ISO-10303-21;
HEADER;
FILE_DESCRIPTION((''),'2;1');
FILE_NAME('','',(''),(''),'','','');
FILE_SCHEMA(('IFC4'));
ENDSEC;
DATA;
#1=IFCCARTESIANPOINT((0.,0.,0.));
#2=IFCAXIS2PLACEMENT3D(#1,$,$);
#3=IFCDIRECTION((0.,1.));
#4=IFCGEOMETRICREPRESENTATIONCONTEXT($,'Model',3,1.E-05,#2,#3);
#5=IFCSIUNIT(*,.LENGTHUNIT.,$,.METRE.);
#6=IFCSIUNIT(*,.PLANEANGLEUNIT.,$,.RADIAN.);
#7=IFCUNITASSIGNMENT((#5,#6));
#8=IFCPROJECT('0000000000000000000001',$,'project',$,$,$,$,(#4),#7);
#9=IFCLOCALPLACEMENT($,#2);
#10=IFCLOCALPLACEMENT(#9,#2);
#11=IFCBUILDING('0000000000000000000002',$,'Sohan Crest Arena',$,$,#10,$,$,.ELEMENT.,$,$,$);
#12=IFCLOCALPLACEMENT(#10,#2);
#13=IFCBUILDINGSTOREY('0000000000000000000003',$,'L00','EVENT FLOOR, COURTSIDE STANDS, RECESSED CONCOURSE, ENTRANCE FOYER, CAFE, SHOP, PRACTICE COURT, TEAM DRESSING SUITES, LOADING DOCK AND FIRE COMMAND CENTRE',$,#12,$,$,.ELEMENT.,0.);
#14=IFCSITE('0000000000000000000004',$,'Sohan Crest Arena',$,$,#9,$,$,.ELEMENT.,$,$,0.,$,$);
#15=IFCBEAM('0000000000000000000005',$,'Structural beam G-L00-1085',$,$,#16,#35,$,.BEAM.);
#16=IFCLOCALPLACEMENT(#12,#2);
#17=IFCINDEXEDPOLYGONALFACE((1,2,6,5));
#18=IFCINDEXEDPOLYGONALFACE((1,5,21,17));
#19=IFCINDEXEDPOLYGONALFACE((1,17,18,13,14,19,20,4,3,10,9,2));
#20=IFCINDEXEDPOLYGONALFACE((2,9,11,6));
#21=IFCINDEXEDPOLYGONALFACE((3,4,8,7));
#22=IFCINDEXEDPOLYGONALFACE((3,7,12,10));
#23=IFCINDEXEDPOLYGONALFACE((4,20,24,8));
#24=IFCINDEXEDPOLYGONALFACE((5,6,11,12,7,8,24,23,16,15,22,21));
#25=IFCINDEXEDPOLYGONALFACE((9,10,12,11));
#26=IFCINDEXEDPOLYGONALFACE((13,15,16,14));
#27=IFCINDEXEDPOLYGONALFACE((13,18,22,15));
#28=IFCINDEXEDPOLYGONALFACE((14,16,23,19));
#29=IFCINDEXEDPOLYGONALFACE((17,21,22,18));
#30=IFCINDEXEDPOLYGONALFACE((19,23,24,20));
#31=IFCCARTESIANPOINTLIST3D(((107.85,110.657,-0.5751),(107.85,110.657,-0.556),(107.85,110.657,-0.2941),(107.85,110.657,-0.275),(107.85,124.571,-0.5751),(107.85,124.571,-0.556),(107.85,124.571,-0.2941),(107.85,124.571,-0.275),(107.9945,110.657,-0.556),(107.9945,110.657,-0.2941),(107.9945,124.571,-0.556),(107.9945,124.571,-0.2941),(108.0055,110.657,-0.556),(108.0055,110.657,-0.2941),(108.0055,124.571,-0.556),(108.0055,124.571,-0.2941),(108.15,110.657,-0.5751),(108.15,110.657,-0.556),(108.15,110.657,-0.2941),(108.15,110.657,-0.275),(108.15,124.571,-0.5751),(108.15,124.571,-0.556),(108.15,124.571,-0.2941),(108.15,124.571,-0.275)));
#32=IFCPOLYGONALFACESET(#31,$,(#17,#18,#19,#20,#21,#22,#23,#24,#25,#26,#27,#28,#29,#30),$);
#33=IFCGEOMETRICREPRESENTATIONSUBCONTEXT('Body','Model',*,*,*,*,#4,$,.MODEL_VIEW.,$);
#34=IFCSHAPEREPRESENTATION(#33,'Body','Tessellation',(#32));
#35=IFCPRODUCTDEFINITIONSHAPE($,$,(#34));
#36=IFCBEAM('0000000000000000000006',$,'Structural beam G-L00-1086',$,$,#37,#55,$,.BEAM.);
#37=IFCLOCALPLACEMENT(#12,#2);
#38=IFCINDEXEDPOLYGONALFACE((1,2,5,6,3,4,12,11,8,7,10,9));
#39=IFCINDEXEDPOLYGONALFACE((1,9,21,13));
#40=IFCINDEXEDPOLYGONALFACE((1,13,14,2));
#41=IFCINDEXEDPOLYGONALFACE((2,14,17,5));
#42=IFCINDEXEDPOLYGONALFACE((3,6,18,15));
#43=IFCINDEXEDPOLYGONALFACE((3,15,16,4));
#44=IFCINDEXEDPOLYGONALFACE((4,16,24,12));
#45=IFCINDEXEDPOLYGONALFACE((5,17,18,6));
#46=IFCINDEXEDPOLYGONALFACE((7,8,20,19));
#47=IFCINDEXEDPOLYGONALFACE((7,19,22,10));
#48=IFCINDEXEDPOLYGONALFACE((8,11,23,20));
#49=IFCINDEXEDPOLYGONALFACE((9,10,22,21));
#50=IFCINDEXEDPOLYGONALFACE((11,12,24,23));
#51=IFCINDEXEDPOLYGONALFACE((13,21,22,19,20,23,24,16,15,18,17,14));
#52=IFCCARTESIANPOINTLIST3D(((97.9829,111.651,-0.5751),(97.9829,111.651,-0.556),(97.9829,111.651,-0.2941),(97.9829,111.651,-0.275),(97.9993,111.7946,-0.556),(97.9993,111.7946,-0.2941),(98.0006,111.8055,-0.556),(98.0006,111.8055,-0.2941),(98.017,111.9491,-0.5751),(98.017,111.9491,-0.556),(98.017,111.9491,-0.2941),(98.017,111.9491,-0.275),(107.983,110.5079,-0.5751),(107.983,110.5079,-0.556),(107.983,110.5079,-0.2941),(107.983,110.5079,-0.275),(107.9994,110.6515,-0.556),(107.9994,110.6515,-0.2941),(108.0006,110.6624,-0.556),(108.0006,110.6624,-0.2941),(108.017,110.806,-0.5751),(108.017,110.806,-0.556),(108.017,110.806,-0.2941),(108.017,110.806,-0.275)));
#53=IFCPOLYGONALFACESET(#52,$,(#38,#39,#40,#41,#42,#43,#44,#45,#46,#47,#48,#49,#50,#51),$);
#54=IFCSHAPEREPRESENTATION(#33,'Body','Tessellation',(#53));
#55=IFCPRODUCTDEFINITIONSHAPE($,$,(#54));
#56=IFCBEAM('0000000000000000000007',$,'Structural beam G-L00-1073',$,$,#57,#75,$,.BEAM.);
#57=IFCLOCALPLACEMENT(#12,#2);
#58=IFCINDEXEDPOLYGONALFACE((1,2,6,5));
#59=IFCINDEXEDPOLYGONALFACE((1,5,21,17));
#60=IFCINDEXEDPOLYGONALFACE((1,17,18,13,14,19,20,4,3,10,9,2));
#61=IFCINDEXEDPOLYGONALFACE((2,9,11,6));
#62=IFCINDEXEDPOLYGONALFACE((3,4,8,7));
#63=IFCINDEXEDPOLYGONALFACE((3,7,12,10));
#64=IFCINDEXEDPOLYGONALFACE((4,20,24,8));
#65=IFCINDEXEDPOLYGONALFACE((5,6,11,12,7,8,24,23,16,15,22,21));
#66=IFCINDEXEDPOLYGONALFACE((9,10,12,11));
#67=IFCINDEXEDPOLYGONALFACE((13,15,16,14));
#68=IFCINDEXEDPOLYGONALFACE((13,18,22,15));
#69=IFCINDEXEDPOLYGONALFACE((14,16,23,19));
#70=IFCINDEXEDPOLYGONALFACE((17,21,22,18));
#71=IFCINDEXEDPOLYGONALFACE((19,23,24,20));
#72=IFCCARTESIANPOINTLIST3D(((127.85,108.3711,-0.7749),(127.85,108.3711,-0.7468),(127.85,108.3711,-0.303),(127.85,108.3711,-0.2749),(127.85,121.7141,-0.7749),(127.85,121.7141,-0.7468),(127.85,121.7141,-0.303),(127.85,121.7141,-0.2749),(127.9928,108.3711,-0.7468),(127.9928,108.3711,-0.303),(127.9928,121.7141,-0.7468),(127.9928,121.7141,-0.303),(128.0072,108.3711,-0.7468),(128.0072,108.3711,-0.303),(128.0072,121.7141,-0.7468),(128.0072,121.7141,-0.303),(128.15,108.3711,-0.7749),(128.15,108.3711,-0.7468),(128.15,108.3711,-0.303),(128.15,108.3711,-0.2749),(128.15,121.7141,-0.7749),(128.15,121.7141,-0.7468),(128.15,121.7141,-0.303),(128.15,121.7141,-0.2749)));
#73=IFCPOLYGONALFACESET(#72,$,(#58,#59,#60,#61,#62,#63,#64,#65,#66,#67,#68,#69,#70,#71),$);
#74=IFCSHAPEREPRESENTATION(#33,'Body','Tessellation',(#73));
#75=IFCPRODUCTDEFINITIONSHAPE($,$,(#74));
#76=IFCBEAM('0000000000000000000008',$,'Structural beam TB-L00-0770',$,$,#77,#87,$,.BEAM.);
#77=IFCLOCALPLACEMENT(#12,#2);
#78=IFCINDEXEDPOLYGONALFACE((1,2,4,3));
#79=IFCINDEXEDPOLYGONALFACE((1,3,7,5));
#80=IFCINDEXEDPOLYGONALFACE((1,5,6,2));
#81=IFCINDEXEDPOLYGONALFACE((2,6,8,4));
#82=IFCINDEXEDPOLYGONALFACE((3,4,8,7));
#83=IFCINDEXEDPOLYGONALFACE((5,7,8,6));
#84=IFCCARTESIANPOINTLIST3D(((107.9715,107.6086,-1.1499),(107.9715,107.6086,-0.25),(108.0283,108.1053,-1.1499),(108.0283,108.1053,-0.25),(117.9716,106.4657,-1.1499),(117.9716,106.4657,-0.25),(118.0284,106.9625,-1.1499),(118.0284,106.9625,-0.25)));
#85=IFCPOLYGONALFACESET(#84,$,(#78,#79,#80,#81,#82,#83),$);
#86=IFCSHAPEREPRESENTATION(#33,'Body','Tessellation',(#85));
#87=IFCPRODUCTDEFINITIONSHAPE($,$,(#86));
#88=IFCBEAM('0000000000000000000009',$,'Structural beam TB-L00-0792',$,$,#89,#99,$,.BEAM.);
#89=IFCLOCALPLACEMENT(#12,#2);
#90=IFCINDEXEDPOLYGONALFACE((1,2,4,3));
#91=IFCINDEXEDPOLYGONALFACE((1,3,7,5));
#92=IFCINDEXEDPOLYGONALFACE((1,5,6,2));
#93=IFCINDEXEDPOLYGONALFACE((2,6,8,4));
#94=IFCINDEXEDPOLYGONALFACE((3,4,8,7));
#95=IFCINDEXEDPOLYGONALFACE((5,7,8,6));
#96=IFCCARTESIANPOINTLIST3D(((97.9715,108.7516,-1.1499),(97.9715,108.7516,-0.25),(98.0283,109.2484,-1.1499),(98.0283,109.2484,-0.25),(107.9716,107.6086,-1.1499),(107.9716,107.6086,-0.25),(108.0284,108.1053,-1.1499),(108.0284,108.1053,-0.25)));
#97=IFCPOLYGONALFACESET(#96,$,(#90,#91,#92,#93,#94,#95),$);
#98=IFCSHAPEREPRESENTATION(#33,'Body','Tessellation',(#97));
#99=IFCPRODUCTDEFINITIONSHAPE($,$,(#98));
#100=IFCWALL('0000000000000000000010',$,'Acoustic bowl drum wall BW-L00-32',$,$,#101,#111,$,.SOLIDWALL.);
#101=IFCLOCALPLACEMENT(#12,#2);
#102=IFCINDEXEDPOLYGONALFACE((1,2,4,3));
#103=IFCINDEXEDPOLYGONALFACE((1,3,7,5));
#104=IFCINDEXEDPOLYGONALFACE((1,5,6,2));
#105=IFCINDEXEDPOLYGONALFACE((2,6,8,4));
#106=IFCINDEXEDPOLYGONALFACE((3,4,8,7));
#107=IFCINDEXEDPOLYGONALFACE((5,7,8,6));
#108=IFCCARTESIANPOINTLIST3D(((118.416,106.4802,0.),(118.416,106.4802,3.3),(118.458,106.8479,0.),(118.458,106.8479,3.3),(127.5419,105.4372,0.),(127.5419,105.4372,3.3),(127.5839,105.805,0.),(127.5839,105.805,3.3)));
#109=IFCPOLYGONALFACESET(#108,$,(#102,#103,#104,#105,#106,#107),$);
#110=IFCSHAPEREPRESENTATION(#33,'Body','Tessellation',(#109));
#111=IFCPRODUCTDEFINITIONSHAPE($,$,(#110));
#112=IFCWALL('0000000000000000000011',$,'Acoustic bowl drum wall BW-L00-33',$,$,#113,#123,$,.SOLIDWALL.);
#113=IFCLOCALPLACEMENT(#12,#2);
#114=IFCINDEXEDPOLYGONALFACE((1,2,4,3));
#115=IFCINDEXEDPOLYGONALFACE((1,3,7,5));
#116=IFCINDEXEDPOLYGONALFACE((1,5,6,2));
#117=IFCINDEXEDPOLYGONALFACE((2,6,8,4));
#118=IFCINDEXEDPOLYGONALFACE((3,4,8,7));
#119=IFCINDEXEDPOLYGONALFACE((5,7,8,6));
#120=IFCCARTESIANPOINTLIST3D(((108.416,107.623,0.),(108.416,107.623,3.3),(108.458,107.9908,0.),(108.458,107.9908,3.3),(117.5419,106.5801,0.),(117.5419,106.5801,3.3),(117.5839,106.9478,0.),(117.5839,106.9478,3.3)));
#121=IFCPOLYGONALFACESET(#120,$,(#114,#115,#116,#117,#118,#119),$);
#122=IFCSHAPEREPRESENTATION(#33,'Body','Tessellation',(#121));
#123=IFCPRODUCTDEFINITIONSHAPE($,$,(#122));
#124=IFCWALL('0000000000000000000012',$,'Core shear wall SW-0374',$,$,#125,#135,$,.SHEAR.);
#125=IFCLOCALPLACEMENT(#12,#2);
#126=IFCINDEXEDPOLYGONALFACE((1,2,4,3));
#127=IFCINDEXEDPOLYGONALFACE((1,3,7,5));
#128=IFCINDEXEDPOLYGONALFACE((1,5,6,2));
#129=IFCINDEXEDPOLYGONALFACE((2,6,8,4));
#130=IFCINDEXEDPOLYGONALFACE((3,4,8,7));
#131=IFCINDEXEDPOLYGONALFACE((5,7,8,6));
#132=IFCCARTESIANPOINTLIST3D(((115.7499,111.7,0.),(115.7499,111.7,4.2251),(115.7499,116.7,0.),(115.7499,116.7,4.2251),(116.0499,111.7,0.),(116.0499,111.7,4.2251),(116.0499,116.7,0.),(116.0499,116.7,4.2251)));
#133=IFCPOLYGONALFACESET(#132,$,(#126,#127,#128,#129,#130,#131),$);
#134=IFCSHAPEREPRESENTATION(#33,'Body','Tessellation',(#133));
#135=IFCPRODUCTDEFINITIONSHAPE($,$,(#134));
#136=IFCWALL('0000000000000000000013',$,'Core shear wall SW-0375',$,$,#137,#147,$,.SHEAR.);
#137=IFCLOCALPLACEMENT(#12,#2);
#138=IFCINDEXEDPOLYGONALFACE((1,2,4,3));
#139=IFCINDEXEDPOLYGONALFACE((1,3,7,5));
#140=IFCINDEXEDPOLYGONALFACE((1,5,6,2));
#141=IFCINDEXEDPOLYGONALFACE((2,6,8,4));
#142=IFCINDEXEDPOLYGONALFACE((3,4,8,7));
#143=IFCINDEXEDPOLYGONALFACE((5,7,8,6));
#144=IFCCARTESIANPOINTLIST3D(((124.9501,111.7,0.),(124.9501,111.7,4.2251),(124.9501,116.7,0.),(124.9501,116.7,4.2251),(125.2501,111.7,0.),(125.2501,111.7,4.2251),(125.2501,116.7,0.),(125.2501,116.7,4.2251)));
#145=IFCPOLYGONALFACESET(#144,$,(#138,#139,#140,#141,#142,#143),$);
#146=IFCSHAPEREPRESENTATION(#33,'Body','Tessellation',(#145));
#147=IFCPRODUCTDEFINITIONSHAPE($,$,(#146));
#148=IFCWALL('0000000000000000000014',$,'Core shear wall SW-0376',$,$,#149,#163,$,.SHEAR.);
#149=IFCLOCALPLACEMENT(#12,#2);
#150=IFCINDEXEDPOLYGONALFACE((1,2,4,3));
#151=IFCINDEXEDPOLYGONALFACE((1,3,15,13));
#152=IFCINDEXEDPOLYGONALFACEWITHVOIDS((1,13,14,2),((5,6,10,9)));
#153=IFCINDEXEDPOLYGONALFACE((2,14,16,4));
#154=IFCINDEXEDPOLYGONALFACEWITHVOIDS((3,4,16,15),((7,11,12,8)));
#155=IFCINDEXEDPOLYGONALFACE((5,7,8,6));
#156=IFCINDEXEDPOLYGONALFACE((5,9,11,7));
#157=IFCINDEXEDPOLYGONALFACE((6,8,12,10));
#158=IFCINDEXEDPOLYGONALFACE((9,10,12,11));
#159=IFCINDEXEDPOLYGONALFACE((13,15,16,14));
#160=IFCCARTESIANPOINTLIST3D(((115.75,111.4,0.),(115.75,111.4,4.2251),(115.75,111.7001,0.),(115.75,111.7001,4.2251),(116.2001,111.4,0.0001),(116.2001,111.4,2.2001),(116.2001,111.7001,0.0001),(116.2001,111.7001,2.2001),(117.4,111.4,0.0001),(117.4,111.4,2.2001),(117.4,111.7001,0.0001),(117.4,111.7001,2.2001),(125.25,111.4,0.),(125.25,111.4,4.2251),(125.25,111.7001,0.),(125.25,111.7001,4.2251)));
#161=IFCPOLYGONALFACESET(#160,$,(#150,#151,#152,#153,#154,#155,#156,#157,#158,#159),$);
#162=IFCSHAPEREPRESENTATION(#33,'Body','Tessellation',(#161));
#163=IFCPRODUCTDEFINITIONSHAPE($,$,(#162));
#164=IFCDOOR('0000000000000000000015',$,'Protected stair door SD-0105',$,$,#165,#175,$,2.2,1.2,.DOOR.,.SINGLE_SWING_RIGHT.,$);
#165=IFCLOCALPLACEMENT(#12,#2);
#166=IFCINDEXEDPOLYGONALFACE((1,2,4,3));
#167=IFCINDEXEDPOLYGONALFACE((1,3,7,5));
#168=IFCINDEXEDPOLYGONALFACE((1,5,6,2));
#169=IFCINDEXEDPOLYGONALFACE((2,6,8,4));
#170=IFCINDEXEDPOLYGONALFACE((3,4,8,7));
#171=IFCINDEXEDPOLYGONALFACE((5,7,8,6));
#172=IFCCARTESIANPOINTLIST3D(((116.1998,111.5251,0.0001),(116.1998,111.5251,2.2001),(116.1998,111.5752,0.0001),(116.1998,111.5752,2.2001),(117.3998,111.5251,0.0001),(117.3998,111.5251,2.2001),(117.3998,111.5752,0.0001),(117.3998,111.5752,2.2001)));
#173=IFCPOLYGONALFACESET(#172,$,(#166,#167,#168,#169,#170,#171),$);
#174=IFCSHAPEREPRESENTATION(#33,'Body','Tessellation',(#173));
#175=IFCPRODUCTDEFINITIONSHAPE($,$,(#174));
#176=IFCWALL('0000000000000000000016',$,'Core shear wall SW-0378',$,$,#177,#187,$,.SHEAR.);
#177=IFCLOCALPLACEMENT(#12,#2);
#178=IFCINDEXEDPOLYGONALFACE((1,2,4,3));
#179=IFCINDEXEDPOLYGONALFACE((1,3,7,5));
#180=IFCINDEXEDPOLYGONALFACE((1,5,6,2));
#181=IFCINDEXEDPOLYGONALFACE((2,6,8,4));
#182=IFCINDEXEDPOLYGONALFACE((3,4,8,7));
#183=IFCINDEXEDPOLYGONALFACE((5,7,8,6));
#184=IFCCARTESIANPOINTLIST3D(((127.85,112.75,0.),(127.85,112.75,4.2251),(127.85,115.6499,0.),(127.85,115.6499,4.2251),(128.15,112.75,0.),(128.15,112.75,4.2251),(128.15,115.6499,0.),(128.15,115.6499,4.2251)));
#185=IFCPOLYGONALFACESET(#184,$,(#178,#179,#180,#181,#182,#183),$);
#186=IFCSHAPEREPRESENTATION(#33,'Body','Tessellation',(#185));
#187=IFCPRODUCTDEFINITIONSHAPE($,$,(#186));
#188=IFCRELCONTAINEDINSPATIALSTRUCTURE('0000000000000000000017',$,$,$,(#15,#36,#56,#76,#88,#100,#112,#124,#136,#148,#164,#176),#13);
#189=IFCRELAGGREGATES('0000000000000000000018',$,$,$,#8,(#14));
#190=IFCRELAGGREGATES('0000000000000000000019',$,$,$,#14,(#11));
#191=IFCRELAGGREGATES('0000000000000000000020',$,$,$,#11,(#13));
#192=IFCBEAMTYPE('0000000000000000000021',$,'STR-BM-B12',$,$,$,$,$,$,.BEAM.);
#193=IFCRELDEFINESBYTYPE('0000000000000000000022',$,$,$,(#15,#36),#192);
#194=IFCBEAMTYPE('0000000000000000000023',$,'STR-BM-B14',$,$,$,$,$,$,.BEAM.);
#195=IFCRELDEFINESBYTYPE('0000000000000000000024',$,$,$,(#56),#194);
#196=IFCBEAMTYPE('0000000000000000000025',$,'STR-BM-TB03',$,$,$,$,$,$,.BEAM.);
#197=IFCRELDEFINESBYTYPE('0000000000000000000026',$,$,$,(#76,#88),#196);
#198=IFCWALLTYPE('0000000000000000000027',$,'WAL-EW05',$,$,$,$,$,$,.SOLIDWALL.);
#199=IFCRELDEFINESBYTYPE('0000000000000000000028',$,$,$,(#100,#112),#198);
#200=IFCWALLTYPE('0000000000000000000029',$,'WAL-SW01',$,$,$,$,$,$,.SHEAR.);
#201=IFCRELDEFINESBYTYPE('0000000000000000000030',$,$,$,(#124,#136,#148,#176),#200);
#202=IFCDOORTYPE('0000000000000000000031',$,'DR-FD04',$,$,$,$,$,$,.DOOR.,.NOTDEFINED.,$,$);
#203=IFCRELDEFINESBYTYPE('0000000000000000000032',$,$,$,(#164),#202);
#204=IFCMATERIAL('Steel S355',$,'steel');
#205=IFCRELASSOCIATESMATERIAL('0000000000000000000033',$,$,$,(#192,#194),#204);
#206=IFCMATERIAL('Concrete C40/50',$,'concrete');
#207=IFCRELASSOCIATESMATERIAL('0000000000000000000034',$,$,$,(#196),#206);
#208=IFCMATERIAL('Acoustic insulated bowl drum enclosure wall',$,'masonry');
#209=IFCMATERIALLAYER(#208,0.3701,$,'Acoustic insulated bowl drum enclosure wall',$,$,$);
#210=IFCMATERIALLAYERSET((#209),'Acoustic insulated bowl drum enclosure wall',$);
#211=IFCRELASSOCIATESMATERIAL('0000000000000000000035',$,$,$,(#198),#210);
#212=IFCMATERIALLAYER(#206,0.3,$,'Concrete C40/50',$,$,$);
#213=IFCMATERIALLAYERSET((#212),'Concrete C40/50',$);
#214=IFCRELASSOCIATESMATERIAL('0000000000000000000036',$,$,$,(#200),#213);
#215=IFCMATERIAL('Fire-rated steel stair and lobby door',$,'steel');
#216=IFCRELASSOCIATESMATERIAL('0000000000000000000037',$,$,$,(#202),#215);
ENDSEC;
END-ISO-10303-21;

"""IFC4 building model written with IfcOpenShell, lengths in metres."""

from ifc_helpers import new_model, si_unit, direction, frame, frame_2d, origin, origin_2d, place, context, subcontext, project, spatial, rectangle, i_section, extrude, material, layer, layer_set, material_profile, profile_set, type_object, element, fill, save


model = new_model("IFC4")

# Units and contexts
model_context = context("Model", 3, precision=1e-05, world=origin(), true_north=direction((0.0, 1.0)))
body_context = subcontext(model_context, "Body", "Model", "MODEL_VIEW")
ifc_project = project(units=[si_unit("LENGTHUNIT", "METRE"), si_unit("PLANEANGLEUNIT", "RADIAN")], contexts=[model_context])

# Site, building, storey
site_placement = place(None, origin())
site = spatial("IfcSite", under=ifc_project, at=site_placement, Name="Sohan Crest Arena", CompositionType="ELEMENT", RefElevation=0.0)
building_placement = place(site_placement, origin())
building = spatial("IfcBuilding", under=site, at=building_placement, Name="Sohan Crest Arena", CompositionType="ELEMENT")
storey_placement = place(building_placement, origin())
storey = spatial("IfcBuildingStorey", under=building, at=storey_placement, Name="L00", Description="EVENT FLOOR, COURTSIDE STANDS, RECESSED CONCOURSE, ENTRANCE FOYER, CAFE, SHOP, PRACTICE COURT, TEAM DRESSING SUITES, LOADING DOCK AND FIRE COMMAND CENTRE", CompositionType="ELEMENT", Elevation=0.0)

# Shared definitions
ifc_material_1 = material(Name="Concrete C40/50", Category="concrete")
ifc_material_2 = material(Name="Steel S355", Category="steel")

# Beams
ifc_material_profile_1 = material_profile(ifc_material_2, i_section(OverallWidth=0.3, OverallDepth=0.3, WebThickness=0.011, FlangeThickness=0.019, at=origin_2d()), Name="HEB 300")
ifc_profile_set_1 = profile_set([ifc_material_profile_1], Name="Steel S355")
beam_type_1 = type_object("IfcBeamType", Name="STR-BM-B12", PredefinedType="BEAM", material=ifc_profile_set_1)
beam_1_placement = place(storey_placement, frame((108.0, 110.657, -0.425), z_axis=(0.0, 1.0, 0.0), x_axis=(-1.0, 0.0, 0.0)))
element("IfcBeam", 1, at=beam_1_placement, inside=storey, type_object=beam_type_1, Name="Structural beam G-L00-1085", PredefinedType="BEAM", context=body_context, shape_type="SweptSolid", body=[
    extrude(i_section(OverallWidth=0.3, OverallDepth=0.3, WebThickness=0.011, FlangeThickness=0.019, at=origin_2d()), origin(), (0.0, 0.0, 1.0), 13.9141),
])
beam_2_placement = place(storey_placement, frame((108.0, 110.657, -0.425), z_axis=(-0.99353, 0.113567, 0.0), x_axis=(-0.113567, -0.99353, 0.0)))
element("IfcBeam", 2, at=beam_2_placement, inside=storey, type_object=beam_type_1, Name="Structural beam G-L00-1086", PredefinedType="BEAM", context=body_context, shape_type="SweptSolid", body=[
    extrude(i_section(OverallWidth=0.3, OverallDepth=0.3, WebThickness=0.011, FlangeThickness=0.019, at=origin_2d()), origin(), (0.0, 0.0, 1.0), 10.0652),
])
ifc_material_profile_2 = material_profile(ifc_material_2, i_section(OverallWidth=0.3, OverallDepth=0.5, WebThickness=0.0144, FlangeThickness=0.0281, at=origin_2d()), Name="HEB 500")
ifc_profile_set_2 = profile_set([ifc_material_profile_2], Name="Steel S355")
beam_type_2 = type_object("IfcBeamType", Name="STR-BM-B14", PredefinedType="BEAM", material=ifc_profile_set_2)
beam_3_placement = place(storey_placement, frame((128.0, 108.3711, -0.5249), z_axis=(0.0, 1.0, 0.0), x_axis=(-1.0, 0.0, 0.0)))
element("IfcBeam", 3, at=beam_3_placement, inside=storey, type_object=beam_type_2, Name="Structural beam G-L00-1073", PredefinedType="BEAM", context=body_context, shape_type="SweptSolid", body=[
    extrude(i_section(OverallWidth=0.3, OverallDepth=0.5, WebThickness=0.0144, FlangeThickness=0.0281, at=origin_2d()), origin(), (0.0, 0.0, 1.0), 13.343),
])
ifc_material_profile_3 = material_profile(ifc_material_1, rectangle(XDim=0.5, YDim=0.8999, at=origin_2d()), Name="RC-BM 500x900")
ifc_profile_set_3 = profile_set([ifc_material_profile_3], Name="Concrete C40/50")
beam_type_3 = type_object("IfcBeamType", Name="STR-BM-TB03", PredefinedType="BEAM", material=ifc_profile_set_3)
for number, where, z_axis, x_axis, name in (
    (4, (118.0, 106.7141, -0.7), (-0.993533, 0.113543, 0.0), (-0.113543, -0.993533, 0.0), "Structural beam TB-L00-0770"),
    (5, (108.0, 107.8569, -0.7), (-0.99353, 0.113567, 0.0), (-0.113567, -0.99353, 0.0), "Structural beam TB-L00-0792"),
):
    element("IfcBeam", number, at=place(storey_placement, frame(where, z_axis=z_axis, x_axis=x_axis)), inside=storey, type_object=beam_type_3, Name=name, PredefinedType="BEAM", context=body_context, shape_type="SweptSolid", body=[
        extrude(rectangle(XDim=0.5, YDim=0.8999, at=origin_2d()), origin(), (0.0, 0.0, 1.0), 10.0652),
    ])

# Walls
ifc_material_3 = material(Name="Acoustic insulated bowl drum enclosure wall", Category="masonry")
ifc_layer_1 = layer(ifc_material_3, 0.3701, Name="Acoustic insulated bowl drum enclosure wall")
ifc_layer_set_1 = layer_set([ifc_layer_1], Name="Acoustic insulated bowl drum enclosure wall")
wall_type_1 = type_object("IfcWallType", Name="WAL-EW05", PredefinedType="SOLIDWALL", material=ifc_layer_set_1)
for number, where, z_axis, x_axis, name in (
    (6, (127.563, 105.6211, 0.0), (0.0, 0.0, 1.0), (-0.993533, 0.113547, 0.0), "Acoustic bowl drum wall BW-L00-32"),
    (7, (117.563, 106.7639, 0.0), (0.0, 0.0, 1.0), (-0.993533, 0.113547, 0.0), "Acoustic bowl drum wall BW-L00-33"),
):
    element("IfcWall", number, at=place(storey_placement, frame(where, z_axis=z_axis, x_axis=x_axis)), inside=storey, type_object=wall_type_1, Name=name, PredefinedType="SOLIDWALL", context=body_context, shape_type="SweptSolid", body=[
        extrude(rectangle(XDim=9.1853, YDim=0.3701, at=frame_2d((4.5928, 0.0))), origin(), (0.0, 0.0, 1.0), 3.3),
    ])
ifc_layer_2 = layer(ifc_material_1, 0.3, Name="Concrete C40/50")
ifc_layer_set_2 = layer_set([ifc_layer_2], Name="Concrete C40/50")
wall_type_2 = type_object("IfcWallType", Name="WAL-SW01", PredefinedType="SHEAR", material=ifc_layer_set_2)
for number, where, z_axis, x_axis, name in (
    (8, (115.8999, 111.7, 0.0), (0.0, 0.0, 1.0), (0.0, 1.0, 0.0), "Core shear wall SW-0374"),
    (9, (125.1001, 111.7, 0.0), (0.0, 0.0, 1.0), (0.0, 1.0, 0.0), "Core shear wall SW-0375"),
):
    element("IfcWall", number, at=place(storey_placement, frame(where, z_axis=z_axis, x_axis=x_axis)), inside=storey, type_object=wall_type_2, Name=name, PredefinedType="SHEAR", context=body_context, shape_type="SweptSolid", body=[
        extrude(rectangle(XDim=5.0, YDim=0.3, at=frame_2d((2.5, 0.0))), origin(), (0.0, 0.0, 1.0), 4.2251),
    ])

# Wall, opening, door
wall_1_placement = place(storey_placement, frame((115.75, 111.55, 0.0), z_axis=(0.0, 0.0, 1.0), x_axis=(1.0, 0.0, 0.0)))
wall_1 = element("IfcWall", 10, at=wall_1_placement, inside=storey, type_object=wall_type_2, Name="Core shear wall SW-0376", PredefinedType="SHEAR", context=body_context, shape_type="SweptSolid", body=[
    extrude(rectangle(XDim=9.5, YDim=0.3, at=frame_2d((4.75, 0.0))), origin(), (0.0, 0.0, 1.0), 4.2251),
])
opening_1_placement = place(wall_1_placement, frame((0.45, 0.0, 0.0)))
opening_1 = element("IfcOpeningElement", 11, at=opening_1_placement, cuts=wall_1, PredefinedType="OPENING", context=body_context, shape_type="SweptSolid", body=[
    extrude(rectangle(XDim=1.2, YDim=2.2, at=frame_2d((0.6001, 1.1001))), frame((0.0, 0.1599, 0.0), z_axis=(0.0, -1.0, 0.0), x_axis=(1.0, 0.0, 0.0)), (0.0, 0.0, 1.0), 0.3201),
])
ifc_material_4 = material(Name="Fire-rated steel stair and lobby door", Category="steel")
door_type_1 = type_object("IfcDoorType", Name="DR-FD04", OperationType="NOTDEFINED", PredefinedType="DOOR", material=ifc_material_4)
door_1_placement = place(opening_1_placement, frame((1.2, 0.0, 0.0), z_axis=(0.0, 0.0, 1.0), x_axis=(-1.0, 0.0, 0.0)))
door_1 = element("IfcDoor", 12, at=door_1_placement, inside=storey, type_object=door_type_1, Name="Protected stair door SD-0105", OperationType="SINGLE_SWING_RIGHT", OverallHeight=2.2, OverallWidth=1.2, PredefinedType="DOOR", context=body_context, shape_type="SweptSolid", body=[
    extrude(rectangle(XDim=1.2, YDim=2.2, at=frame_2d((0.6001, 1.1001))), frame((0.0, 0.0249, 0.0), z_axis=(0.0, -1.0, 0.0), x_axis=(1.0, 0.0, 0.0)), (0.0, 0.0, 1.0), 0.05),
])
fill(opening_1, door_1)

# Wall
wall_2_placement = place(storey_placement, frame((128.0, 112.75, 0.0), z_axis=(0.0, 0.0, 1.0), x_axis=(0.0, 1.0, 0.0)))
element("IfcWall", 13, at=wall_2_placement, inside=storey, type_object=wall_type_2, Name="Core shear wall SW-0378", PredefinedType="SHEAR", context=body_context, shape_type="SweptSolid", body=[
    extrude(rectangle(XDim=2.8999, YDim=0.3, at=frame_2d((1.45, 0.0))), origin(), (0.0, 0.0, 1.0), 4.2251),
])

save(model, "model.ifc")
